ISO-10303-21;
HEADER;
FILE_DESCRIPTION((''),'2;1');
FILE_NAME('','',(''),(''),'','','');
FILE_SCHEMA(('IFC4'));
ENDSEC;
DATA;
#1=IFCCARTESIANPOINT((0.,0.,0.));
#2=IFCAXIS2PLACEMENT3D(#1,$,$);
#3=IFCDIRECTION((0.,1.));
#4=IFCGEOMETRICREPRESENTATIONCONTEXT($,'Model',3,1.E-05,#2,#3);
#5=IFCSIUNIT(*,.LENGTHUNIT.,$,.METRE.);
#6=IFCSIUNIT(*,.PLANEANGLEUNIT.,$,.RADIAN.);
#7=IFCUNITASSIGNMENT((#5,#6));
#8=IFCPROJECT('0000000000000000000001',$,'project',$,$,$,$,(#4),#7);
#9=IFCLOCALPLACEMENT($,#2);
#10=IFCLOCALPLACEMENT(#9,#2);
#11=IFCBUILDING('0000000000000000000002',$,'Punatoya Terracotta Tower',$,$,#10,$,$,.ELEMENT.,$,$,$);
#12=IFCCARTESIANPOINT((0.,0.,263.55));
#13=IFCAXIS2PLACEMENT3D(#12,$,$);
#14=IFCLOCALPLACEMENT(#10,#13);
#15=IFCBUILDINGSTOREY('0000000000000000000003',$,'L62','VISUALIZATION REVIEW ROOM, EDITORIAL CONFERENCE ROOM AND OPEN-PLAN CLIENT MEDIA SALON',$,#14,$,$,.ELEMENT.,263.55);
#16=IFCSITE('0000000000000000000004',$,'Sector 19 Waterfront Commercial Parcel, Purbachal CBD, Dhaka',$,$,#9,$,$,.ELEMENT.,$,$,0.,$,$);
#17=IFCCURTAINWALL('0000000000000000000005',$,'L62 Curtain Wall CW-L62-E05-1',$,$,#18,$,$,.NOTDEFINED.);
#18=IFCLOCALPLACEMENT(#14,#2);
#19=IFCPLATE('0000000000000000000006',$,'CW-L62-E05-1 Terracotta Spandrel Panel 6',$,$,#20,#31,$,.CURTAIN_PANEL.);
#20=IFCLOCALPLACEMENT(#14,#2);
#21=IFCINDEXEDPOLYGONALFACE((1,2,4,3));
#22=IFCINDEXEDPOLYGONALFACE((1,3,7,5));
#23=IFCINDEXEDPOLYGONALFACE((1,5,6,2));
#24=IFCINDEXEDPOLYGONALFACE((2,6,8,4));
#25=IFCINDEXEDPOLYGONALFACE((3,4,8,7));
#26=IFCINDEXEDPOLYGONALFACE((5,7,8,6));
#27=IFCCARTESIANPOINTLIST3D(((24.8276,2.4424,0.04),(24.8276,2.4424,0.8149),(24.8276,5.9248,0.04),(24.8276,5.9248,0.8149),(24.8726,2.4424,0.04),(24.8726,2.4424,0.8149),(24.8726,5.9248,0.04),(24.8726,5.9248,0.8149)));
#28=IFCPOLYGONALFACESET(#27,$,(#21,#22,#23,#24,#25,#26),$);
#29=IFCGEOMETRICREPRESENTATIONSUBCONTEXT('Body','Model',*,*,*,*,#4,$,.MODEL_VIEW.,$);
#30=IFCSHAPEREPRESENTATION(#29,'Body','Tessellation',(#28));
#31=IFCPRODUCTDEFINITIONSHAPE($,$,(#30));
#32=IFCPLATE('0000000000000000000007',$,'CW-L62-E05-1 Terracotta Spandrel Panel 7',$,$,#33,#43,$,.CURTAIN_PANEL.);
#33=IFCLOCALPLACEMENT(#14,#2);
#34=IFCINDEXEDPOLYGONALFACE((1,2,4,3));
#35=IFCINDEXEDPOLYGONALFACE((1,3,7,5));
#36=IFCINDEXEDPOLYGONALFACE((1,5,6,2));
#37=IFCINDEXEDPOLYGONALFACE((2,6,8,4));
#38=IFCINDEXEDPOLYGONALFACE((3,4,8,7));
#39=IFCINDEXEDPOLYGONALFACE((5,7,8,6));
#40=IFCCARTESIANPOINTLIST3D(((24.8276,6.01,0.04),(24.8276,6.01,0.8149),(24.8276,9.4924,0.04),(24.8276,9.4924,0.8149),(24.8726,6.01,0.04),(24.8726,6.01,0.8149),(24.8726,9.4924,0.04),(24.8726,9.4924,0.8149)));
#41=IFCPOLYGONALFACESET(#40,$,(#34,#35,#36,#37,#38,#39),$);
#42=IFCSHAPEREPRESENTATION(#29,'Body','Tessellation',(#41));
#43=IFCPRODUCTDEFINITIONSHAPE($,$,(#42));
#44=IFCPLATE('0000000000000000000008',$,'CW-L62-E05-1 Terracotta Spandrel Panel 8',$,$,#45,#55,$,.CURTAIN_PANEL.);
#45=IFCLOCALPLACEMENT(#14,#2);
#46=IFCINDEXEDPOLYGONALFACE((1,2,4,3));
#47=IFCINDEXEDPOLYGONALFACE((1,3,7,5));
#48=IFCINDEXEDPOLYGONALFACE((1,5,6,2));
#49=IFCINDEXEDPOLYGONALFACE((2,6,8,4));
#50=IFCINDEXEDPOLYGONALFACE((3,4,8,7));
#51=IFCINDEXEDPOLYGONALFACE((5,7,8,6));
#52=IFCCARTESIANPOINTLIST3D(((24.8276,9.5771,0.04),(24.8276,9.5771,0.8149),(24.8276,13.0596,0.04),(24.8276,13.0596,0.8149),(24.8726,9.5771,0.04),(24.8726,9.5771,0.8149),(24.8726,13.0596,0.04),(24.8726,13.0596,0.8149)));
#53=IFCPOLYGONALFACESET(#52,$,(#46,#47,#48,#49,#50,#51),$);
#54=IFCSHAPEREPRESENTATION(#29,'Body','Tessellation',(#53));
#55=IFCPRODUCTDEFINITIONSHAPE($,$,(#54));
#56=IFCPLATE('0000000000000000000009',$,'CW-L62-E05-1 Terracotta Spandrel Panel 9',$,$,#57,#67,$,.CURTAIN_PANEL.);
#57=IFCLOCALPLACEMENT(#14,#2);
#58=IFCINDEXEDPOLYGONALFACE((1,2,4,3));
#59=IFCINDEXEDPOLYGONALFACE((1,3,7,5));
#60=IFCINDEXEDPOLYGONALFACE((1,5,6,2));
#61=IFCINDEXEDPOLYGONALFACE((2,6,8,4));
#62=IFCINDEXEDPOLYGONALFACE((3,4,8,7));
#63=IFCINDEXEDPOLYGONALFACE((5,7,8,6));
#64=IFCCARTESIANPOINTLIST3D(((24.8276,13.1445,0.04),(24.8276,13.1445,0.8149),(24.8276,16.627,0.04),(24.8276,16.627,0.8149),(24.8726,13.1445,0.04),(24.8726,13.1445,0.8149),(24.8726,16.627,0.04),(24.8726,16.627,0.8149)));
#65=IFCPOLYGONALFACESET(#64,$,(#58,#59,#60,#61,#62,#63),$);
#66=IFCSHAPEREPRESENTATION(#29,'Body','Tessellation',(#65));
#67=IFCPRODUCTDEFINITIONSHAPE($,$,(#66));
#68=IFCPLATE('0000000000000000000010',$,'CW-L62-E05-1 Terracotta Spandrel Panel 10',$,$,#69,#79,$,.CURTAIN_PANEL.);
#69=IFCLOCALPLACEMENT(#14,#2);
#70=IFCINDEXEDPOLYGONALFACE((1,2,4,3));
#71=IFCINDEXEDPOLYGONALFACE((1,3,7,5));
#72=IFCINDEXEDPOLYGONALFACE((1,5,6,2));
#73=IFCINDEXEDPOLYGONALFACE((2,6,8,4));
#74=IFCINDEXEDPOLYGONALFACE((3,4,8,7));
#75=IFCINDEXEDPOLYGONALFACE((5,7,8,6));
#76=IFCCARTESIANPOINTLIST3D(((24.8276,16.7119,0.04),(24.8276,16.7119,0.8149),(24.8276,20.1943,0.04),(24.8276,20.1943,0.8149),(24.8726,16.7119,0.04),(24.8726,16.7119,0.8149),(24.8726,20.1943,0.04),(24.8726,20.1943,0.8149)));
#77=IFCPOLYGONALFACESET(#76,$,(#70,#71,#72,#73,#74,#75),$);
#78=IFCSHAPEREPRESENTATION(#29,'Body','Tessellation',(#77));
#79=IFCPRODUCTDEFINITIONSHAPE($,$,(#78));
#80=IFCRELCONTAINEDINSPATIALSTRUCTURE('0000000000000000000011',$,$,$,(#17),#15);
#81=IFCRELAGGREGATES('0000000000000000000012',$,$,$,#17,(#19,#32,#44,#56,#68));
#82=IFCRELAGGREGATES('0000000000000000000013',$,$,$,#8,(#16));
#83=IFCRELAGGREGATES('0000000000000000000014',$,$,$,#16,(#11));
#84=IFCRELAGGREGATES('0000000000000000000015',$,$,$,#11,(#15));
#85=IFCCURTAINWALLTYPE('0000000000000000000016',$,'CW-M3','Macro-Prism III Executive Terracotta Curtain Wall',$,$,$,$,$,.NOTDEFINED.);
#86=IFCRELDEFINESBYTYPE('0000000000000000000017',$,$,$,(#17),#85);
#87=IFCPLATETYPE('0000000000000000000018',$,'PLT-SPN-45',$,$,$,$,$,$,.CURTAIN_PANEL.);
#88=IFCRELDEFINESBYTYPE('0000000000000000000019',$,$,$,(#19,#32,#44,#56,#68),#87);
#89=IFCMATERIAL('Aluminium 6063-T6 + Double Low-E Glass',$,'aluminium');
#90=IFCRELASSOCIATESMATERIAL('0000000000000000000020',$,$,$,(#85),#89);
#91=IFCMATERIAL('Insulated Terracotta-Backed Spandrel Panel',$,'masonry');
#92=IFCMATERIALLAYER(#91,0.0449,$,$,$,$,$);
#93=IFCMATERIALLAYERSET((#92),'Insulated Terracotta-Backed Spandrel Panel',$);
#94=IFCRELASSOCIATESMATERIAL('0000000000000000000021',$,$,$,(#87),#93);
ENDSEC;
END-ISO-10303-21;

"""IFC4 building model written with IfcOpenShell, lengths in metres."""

from ifc_helpers import new_model, si_unit, direction, frame, origin, origin_2d, place, context, subcontext, project, spatial, rectangle, extrude, material, layer, layer_set, type_object, element, aggregate, save


model = new_model("IFC4")

# Units and contexts
model_context = context("Model", 3, precision=1e-05, world=origin(), true_north=direction((0.0, 1.0)))
body_context = subcontext(model_context, "Body", "Model", "MODEL_VIEW")
ifc_project = project(units=[si_unit("LENGTHUNIT", "METRE"), si_unit("PLANEANGLEUNIT", "RADIAN")], contexts=[model_context])

# Site, building, storey
site_placement = place(None, origin())
site = spatial("IfcSite", under=ifc_project, at=site_placement, Name="Sector 19 Waterfront Commercial Parcel, Purbachal CBD, Dhaka", CompositionType="ELEMENT", RefElevation=0.0)
building_placement = place(site_placement, origin())
building = spatial("IfcBuilding", under=site, at=building_placement, Name="Punatoya Terracotta Tower", CompositionType="ELEMENT")
storey_placement = place(building_placement, frame((0.0, 0.0, 263.55)))
storey = spatial("IfcBuildingStorey", under=building, at=storey_placement, Name="L62", Description="VISUALIZATION REVIEW ROOM, EDITORIAL CONFERENCE ROOM AND OPEN-PLAN CLIENT MEDIA SALON", CompositionType="ELEMENT", Elevation=263.55)

# Curtain wall, plates
ifc_material_1 = material(Name="Aluminium 6063-T6 + Double Low-E Glass", Category="aluminium")
curtain_wall_type = type_object("IfcCurtainWallType", Name="CW-M3", Description="Macro-Prism III Executive Terracotta Curtain Wall", PredefinedType="NOTDEFINED", material=ifc_material_1)
curtain_wall_placement = place(storey_placement, origin())
curtain_wall = element("IfcCurtainWall", 1, at=curtain_wall_placement, inside=storey, type_object=curtain_wall_type, Name="L62 Curtain Wall CW-L62-E05-1", PredefinedType="NOTDEFINED")
ifc_material_2 = material(Name="Insulated Terracotta-Backed Spandrel Panel", Category="masonry")
ifc_layer_1 = layer(ifc_material_2, 0.0449)
ifc_layer_set_1 = layer_set([ifc_layer_1], Name="Insulated Terracotta-Backed Spandrel Panel")
plate_type_1 = type_object("IfcPlateType", Name="PLT-SPN-45", PredefinedType="CURTAIN_PANEL", material=ifc_layer_set_1)
plate_1_placement = place(storey_placement, frame((24.8501, 4.1836, 0.04), z_axis=(0.0, 0.0, 1.0), x_axis=(0.0, 1.0, 0.0)))
plate_1 = element("IfcPlate", 2, at=plate_1_placement, type_object=plate_type_1, Name="CW-L62-E05-1 Terracotta Spandrel Panel 6", PredefinedType="CURTAIN_PANEL", context=body_context, shape_type="SweptSolid", body=[
    extrude(rectangle(XDim=3.4824, YDim=0.0449, at=origin_2d()), origin(), (0.0, 0.0, 1.0), 0.7749),
])
plate_2_placement = place(storey_placement, frame((24.8501, 7.7512, 0.04), z_axis=(0.0, 0.0, 1.0), x_axis=(0.0, 1.0, 0.0)))
plate_2 = element("IfcPlate", 3, at=plate_2_placement, type_object=plate_type_1, Name="CW-L62-E05-1 Terracotta Spandrel Panel 7", PredefinedType="CURTAIN_PANEL", context=body_context, shape_type="SweptSolid", body=[
    extrude(rectangle(XDim=3.4824, YDim=0.0449, at=origin_2d()), origin(), (0.0, 0.0, 1.0), 0.7749),
])
plate_3_placement = place(storey_placement, frame((24.8501, 11.3184, 0.04), z_axis=(0.0, 0.0, 1.0), x_axis=(0.0, 1.0, 0.0)))
plate_3 = element("IfcPlate", 4, at=plate_3_placement, type_object=plate_type_1, Name="CW-L62-E05-1 Terracotta Spandrel Panel 8", PredefinedType="CURTAIN_PANEL", context=body_context, shape_type="SweptSolid", body=[
    extrude(rectangle(XDim=3.4824, YDim=0.0449, at=origin_2d()), origin(), (0.0, 0.0, 1.0), 0.7749),
])
plate_4_placement = place(storey_placement, frame((24.8501, 14.8857, 0.04), z_axis=(0.0, 0.0, 1.0), x_axis=(0.0, 1.0, 0.0)))
plate_4 = element("IfcPlate", 5, at=plate_4_placement, type_object=plate_type_1, Name="CW-L62-E05-1 Terracotta Spandrel Panel 9", PredefinedType="CURTAIN_PANEL", context=body_context, shape_type="SweptSolid", body=[
    extrude(rectangle(XDim=3.4824, YDim=0.0449, at=origin_2d()), origin(), (0.0, 0.0, 1.0), 0.7749),
])
plate_5_placement = place(storey_placement, frame((24.8501, 18.4531, 0.04), z_axis=(0.0, 0.0, 1.0), x_axis=(0.0, 1.0, 0.0)))
plate_5 = element("IfcPlate", 6, at=plate_5_placement, type_object=plate_type_1, Name="CW-L62-E05-1 Terracotta Spandrel Panel 10", PredefinedType="CURTAIN_PANEL", context=body_context, shape_type="SweptSolid", body=[
    extrude(rectangle(XDim=3.4824, YDim=0.0449, at=origin_2d()), origin(), (0.0, 0.0, 1.0), 0.7749),
])
aggregate(curtain_wall, [plate_1, plate_2, plate_3, plate_4, plate_5])

save(model, "model.ifc")
